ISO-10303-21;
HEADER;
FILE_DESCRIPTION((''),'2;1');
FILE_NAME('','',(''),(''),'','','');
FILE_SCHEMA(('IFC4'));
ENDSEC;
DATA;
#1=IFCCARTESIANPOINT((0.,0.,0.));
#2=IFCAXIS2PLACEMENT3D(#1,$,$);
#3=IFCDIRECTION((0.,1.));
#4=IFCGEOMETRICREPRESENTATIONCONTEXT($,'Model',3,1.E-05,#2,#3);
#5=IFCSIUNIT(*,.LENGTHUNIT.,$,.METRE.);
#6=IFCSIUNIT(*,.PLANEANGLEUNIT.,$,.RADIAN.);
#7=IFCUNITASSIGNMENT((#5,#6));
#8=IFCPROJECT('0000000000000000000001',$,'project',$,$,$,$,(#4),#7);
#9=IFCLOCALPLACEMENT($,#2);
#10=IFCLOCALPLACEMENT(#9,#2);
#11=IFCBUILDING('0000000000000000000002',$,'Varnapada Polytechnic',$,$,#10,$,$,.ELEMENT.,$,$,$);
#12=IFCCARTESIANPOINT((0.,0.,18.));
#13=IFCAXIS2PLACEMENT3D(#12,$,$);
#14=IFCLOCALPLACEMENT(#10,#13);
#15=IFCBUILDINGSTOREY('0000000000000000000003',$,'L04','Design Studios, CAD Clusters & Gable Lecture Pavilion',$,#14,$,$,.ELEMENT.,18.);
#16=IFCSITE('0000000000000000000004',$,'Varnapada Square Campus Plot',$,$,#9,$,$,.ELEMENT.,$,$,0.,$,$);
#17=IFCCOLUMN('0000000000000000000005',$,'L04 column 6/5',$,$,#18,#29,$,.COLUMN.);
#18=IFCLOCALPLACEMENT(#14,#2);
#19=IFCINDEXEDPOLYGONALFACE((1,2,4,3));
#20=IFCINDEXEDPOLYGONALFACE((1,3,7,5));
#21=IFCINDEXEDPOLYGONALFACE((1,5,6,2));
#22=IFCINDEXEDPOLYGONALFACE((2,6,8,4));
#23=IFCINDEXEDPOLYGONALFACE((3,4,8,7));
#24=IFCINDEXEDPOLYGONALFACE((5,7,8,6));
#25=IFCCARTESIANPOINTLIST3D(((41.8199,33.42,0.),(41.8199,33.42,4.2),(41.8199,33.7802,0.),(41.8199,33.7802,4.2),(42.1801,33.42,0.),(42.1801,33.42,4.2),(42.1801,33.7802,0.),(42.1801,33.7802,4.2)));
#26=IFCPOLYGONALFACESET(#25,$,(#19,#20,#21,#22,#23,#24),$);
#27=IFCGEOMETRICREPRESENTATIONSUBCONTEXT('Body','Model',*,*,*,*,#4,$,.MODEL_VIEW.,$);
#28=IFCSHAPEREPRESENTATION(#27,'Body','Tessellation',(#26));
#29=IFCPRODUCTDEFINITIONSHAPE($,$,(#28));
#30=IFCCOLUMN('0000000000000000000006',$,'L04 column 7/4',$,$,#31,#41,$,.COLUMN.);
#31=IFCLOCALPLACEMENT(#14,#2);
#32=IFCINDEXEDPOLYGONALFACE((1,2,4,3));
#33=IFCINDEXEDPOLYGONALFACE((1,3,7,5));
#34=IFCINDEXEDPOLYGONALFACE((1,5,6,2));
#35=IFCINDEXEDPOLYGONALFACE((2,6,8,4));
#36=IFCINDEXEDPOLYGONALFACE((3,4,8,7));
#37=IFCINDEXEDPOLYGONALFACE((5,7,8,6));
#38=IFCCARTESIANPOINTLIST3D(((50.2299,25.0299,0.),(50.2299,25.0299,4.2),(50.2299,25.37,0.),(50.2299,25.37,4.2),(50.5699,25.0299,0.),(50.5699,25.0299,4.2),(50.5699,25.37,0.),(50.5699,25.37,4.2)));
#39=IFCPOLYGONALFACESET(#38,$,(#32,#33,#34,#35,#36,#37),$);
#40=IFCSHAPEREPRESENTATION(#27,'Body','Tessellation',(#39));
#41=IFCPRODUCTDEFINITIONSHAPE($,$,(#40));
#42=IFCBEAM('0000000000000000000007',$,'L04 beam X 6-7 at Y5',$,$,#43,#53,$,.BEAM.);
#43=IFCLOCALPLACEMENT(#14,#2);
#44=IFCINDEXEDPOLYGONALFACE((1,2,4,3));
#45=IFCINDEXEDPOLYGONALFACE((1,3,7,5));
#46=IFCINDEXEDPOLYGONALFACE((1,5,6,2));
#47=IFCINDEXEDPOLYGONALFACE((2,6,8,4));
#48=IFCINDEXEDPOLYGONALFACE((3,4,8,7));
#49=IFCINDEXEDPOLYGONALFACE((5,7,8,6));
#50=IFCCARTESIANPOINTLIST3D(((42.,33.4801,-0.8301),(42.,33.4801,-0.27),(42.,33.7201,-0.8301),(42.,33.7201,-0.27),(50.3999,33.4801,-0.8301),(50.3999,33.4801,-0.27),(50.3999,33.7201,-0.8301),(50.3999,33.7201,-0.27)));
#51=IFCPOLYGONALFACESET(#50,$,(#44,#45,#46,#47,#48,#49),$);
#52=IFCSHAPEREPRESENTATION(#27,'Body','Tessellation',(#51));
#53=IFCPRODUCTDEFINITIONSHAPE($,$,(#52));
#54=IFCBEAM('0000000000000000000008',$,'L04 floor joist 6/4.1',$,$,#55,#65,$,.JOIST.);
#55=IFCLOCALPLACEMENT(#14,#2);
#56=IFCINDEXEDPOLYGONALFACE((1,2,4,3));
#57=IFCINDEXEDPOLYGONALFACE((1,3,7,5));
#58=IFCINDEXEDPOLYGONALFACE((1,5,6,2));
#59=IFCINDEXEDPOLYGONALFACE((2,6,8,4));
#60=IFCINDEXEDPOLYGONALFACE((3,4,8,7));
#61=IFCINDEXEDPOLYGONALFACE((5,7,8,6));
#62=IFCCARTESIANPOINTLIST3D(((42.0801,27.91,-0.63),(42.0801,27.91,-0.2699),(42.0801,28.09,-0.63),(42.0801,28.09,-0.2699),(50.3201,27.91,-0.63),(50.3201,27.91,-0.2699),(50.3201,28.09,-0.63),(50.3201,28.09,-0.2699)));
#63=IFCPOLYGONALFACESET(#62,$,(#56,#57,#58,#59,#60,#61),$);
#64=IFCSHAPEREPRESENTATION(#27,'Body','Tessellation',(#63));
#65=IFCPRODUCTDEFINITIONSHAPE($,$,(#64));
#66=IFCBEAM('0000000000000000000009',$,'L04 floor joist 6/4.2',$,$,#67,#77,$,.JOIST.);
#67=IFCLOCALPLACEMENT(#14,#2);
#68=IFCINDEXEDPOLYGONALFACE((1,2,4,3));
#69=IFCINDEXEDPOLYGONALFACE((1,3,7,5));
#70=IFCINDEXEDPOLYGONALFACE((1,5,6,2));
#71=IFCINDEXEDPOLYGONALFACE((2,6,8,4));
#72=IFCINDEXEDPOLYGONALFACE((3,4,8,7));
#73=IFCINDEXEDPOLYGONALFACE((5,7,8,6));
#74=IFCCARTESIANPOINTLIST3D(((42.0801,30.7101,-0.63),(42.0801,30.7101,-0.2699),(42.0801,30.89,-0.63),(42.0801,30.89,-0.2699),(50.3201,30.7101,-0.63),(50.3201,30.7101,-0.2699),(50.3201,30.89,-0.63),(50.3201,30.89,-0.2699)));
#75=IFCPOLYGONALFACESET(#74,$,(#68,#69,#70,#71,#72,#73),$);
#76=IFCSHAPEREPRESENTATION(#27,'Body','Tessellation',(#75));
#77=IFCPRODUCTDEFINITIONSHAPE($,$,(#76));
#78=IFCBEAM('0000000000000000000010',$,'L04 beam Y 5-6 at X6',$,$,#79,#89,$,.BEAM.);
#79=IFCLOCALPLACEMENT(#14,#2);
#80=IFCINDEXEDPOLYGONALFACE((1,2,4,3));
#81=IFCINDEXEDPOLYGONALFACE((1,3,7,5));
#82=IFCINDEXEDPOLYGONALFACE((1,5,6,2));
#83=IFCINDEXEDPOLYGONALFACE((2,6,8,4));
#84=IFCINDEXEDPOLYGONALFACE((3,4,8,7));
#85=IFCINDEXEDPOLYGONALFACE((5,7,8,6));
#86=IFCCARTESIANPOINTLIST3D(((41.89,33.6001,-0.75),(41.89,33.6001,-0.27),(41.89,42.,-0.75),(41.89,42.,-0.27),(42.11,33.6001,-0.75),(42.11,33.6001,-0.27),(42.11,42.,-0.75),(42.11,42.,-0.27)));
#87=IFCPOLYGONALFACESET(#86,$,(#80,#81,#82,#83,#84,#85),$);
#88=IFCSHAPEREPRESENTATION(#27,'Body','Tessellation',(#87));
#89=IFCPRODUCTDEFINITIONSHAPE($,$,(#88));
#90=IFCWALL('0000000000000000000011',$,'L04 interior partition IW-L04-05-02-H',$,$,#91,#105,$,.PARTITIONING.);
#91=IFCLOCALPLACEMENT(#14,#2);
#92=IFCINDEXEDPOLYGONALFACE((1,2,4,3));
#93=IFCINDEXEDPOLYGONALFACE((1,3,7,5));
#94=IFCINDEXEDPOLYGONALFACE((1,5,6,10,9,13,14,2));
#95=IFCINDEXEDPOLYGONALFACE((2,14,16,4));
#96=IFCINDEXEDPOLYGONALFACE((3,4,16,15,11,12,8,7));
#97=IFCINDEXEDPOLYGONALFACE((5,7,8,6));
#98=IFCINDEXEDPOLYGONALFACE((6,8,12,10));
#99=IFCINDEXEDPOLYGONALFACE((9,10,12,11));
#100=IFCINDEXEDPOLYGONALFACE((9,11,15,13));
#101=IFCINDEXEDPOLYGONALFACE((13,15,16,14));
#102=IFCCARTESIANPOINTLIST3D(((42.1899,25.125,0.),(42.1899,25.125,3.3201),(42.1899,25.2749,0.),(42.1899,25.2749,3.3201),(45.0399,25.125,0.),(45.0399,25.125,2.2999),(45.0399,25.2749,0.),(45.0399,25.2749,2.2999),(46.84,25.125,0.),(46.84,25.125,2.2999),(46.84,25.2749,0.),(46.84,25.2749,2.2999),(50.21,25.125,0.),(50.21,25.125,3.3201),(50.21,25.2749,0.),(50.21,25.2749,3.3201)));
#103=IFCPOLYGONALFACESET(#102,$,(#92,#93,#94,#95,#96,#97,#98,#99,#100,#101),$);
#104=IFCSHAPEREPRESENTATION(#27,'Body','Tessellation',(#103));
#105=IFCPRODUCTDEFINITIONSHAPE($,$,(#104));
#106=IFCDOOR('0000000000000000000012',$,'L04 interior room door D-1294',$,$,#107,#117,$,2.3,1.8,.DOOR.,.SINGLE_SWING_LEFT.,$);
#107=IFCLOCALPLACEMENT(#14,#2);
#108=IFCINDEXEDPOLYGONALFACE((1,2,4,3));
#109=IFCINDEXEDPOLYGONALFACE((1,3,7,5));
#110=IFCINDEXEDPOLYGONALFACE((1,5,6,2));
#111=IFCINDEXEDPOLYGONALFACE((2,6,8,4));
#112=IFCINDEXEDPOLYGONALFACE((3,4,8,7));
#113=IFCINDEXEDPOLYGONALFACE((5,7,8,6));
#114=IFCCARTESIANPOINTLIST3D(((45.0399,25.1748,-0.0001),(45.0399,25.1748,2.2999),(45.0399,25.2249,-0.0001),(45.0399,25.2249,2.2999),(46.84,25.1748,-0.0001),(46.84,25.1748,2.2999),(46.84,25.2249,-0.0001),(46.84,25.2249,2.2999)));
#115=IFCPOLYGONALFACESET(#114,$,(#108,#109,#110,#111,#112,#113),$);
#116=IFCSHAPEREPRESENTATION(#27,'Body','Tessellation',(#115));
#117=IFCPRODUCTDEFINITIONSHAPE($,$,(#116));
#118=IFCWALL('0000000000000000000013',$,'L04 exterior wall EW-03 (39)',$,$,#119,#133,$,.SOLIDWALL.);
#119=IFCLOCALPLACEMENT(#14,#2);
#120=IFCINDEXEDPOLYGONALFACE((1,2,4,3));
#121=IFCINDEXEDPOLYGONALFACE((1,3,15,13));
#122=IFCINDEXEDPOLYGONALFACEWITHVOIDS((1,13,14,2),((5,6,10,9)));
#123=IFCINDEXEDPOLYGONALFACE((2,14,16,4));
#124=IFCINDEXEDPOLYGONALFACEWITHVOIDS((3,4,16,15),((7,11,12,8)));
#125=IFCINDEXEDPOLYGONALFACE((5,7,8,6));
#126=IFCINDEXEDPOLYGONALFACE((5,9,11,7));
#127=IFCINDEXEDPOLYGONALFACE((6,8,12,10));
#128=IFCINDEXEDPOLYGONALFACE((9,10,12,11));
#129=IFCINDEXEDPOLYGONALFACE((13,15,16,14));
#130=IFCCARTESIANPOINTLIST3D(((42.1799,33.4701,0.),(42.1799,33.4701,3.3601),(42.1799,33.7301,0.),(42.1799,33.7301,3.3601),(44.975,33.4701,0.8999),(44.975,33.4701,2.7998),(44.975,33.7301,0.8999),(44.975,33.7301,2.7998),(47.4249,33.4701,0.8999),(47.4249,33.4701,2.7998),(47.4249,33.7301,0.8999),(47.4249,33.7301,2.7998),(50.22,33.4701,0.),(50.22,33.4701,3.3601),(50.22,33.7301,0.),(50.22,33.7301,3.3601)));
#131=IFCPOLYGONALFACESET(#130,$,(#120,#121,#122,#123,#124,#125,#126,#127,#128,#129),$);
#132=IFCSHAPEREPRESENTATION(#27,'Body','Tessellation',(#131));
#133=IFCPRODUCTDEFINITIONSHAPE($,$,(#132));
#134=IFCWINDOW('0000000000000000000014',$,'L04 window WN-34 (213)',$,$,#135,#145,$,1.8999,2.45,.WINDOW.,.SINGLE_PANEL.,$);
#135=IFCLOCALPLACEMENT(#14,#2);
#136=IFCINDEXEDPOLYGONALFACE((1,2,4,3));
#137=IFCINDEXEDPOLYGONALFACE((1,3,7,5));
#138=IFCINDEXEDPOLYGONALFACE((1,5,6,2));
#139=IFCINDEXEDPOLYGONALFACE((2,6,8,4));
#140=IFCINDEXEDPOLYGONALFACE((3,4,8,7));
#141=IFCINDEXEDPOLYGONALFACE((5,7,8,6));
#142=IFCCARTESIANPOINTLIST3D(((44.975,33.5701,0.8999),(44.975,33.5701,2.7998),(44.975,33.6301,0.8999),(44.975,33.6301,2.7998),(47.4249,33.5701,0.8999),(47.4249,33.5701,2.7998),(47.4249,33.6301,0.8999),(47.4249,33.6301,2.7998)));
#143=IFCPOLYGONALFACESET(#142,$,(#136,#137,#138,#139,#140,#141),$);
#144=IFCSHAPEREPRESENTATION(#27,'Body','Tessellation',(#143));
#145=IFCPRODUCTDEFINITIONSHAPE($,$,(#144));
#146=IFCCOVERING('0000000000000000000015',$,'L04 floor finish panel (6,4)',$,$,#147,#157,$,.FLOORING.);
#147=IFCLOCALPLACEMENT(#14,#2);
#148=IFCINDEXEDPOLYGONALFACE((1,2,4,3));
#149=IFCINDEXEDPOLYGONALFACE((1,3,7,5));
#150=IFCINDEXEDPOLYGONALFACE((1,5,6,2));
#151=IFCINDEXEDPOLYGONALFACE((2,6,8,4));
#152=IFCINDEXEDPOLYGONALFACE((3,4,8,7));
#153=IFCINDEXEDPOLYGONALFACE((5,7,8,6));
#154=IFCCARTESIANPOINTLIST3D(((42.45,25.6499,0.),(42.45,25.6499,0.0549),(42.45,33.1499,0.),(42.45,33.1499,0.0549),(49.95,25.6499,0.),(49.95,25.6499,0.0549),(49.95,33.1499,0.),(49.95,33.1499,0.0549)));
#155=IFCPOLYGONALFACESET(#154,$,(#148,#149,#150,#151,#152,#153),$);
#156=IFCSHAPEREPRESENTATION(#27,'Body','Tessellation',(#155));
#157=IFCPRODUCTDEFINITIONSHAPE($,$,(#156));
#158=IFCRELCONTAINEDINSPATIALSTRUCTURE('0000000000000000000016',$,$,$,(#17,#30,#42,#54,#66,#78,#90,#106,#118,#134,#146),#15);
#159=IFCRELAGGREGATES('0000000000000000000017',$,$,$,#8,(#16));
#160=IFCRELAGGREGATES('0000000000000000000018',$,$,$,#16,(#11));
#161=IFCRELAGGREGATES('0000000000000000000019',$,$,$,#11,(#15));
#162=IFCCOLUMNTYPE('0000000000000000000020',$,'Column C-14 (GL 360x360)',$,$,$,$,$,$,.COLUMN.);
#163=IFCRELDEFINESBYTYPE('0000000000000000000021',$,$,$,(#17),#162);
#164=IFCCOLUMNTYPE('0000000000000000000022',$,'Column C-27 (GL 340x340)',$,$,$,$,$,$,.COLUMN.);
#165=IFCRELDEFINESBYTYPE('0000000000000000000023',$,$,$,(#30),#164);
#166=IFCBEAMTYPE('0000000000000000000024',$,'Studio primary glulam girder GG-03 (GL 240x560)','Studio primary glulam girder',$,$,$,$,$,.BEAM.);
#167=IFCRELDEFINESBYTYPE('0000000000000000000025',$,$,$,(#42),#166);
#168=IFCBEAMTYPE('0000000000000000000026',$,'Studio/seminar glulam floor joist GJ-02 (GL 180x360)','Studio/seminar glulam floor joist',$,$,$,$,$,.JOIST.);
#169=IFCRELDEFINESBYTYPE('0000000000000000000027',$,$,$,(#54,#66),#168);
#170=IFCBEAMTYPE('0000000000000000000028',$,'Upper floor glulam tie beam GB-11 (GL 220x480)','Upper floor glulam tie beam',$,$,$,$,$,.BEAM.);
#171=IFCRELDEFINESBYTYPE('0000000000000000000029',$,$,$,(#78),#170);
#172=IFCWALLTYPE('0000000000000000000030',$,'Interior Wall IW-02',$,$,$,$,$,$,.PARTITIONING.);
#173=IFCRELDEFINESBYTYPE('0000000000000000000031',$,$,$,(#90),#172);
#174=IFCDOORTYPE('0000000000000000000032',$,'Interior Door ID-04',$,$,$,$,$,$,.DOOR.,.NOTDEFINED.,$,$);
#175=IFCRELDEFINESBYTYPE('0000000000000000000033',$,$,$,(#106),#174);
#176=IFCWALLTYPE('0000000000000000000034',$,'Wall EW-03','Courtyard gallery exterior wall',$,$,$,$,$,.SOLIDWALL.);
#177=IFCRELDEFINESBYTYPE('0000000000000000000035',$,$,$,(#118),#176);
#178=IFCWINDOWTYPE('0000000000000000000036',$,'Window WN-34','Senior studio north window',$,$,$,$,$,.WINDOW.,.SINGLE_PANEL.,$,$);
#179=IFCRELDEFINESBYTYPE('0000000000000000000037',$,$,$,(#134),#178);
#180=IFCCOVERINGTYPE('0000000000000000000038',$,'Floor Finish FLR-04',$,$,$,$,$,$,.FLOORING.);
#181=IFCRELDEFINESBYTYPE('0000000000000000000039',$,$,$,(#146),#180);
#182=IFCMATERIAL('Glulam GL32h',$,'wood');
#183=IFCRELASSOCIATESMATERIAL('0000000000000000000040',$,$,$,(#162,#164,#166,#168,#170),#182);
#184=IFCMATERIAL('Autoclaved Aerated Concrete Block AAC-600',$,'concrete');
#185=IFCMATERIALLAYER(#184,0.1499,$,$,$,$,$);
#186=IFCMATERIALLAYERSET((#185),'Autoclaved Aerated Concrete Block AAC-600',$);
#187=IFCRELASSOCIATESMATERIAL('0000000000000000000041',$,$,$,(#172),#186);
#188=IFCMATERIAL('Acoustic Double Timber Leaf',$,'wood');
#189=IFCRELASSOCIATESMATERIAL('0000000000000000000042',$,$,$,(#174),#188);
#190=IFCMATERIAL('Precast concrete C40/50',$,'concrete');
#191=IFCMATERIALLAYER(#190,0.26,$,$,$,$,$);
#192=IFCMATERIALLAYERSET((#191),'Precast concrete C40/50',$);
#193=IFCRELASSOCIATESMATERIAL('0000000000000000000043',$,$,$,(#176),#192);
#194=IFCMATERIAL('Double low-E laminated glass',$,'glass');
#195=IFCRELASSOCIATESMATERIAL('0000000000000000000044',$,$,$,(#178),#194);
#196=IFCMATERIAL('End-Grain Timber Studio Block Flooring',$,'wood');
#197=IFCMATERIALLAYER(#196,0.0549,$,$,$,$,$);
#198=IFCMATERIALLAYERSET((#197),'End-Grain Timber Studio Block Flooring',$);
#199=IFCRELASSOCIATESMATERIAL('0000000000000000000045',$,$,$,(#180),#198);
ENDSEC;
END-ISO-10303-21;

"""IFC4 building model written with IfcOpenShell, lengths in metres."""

from ifc_helpers import new_model, si_unit, direction, frame, frame_2d, origin, origin_2d, place, context, subcontext, project, spatial, rectangle, extrude, material, layer, layer_set, material_profile, profile_set, type_object, element, fill, save


model = new_model("IFC4")

# Units and contexts
model_context = context("Model", 3, precision=1e-05, world=origin(), true_north=direction((0.0, 1.0)))
body_context = subcontext(model_context, "Body", "Model", "MODEL_VIEW")
ifc_project = project(units=[si_unit("LENGTHUNIT", "METRE"), si_unit("PLANEANGLEUNIT", "RADIAN")], contexts=[model_context])

# Site, building, storey
site_placement = place(None, origin())
site = spatial("IfcSite", under=ifc_project, at=site_placement, Name="Varnapada Square Campus Plot", CompositionType="ELEMENT", RefElevation=0.0)
building_placement = place(site_placement, origin())
building = spatial("IfcBuilding", under=site, at=building_placement, Name="Varnapada Polytechnic", CompositionType="ELEMENT")
storey_placement = place(building_placement, frame((0.0, 0.0, 18.0)))
storey = spatial("IfcBuildingStorey", under=building, at=storey_placement, Name="L04", Description="Design Studios, CAD Clusters & Gable Lecture Pavilion", CompositionType="ELEMENT", Elevation=18.0)

# Columns
ifc_material_1 = material(Name="Glulam GL32h", Category="wood")
ifc_material_profile_1 = material_profile(ifc_material_1, rectangle(XDim=0.3601, YDim=0.3601, at=origin_2d()), Name="GL 360x360")
ifc_profile_set_1 = profile_set([ifc_material_profile_1], Name="Glulam GL32h")
column_type_1 = type_object("IfcColumnType", Name="Column C-14 (GL 360x360)", PredefinedType="COLUMN", material=ifc_profile_set_1)
column_1_placement = place(storey_placement, frame((42.0, 33.6001, 0.0), z_axis=(0.0, 0.0, 1.0), x_axis=(1.0, 0.0, 0.0)))
element("IfcColumn", 1, at=column_1_placement, inside=storey, type_object=column_type_1, Name="L04 column 6/5", PredefinedType="COLUMN", context=body_context, shape_type="SweptSolid", body=[
    extrude(rectangle(XDim=0.3601, YDim=0.3601, at=origin_2d()), origin(), (0.0, 0.0, 1.0), 4.2),
])
ifc_material_profile_2 = material_profile(ifc_material_1, rectangle(XDim=0.3401, YDim=0.3401, at=origin_2d()), Name="GL 340x340")
ifc_profile_set_2 = profile_set([ifc_material_profile_2], Name="Glulam GL32h")
column_type_2 = type_object("IfcColumnType", Name="Column C-27 (GL 340x340)", PredefinedType="COLUMN", material=ifc_profile_set_2)
column_2_placement = place(storey_placement, frame((50.3999, 25.2, 0.0), z_axis=(0.0, 0.0, 1.0), x_axis=(1.0, 0.0, 0.0)))
element("IfcColumn", 2, at=column_2_placement, inside=storey, type_object=column_type_2, Name="L04 column 7/4", PredefinedType="COLUMN", context=body_context, shape_type="SweptSolid", body=[
    extrude(rectangle(XDim=0.3401, YDim=0.3401, at=origin_2d()), origin(), (0.0, 0.0, 1.0), 4.2),
])

# Beams
ifc_material_profile_3 = material_profile(ifc_material_1, rectangle(XDim=0.24, YDim=0.5601, at=origin_2d()), Name="GL 240x560")
ifc_profile_set_3 = profile_set([ifc_material_profile_3], Name="Glulam GL32h")
beam_type_1 = type_object("IfcBeamType", Name="Studio primary glulam girder GG-03 (GL 240x560)", Description="Studio primary glulam girder", PredefinedType="BEAM", material=ifc_profile_set_3)
beam_1_placement = place(storey_placement, frame((42.0, 33.6001, -0.55), z_axis=(1.0, 0.0, 0.0), x_axis=(0.0, 1.0, 0.0)))
element("IfcBeam", 3, at=beam_1_placement, inside=storey, type_object=beam_type_1, Name="L04 beam X 6-7 at Y5", PredefinedType="BEAM", context=body_context, shape_type="SweptSolid", body=[
    extrude(rectangle(XDim=0.24, YDim=0.5601, at=origin_2d()), origin(), (0.0, 0.0, 1.0), 8.3999),
])
ifc_material_profile_4 = material_profile(ifc_material_1, rectangle(XDim=0.1799, YDim=0.3601, at=origin_2d()), Name="GL 180x360")
ifc_profile_set_4 = profile_set([ifc_material_profile_4], Name="Glulam GL32h")
beam_type_2 = type_object("IfcBeamType", Name="Studio/seminar glulam floor joist GJ-02 (GL 180x360)", Description="Studio/seminar glulam floor joist", PredefinedType="JOIST", material=ifc_profile_set_4)
for number, where, z_axis, x_axis, name in (
    (4, (42.0801, 28.0, -0.45), (1.0, 0.0, 0.0), (0.0, 1.0, 0.0), "L04 floor joist 6/4.1"),
    (5, (42.0801, 30.8, -0.45), (1.0, 0.0, 0.0), (0.0, 1.0, 0.0), "L04 floor joist 6/4.2"),
):
    element("IfcBeam", number, at=place(storey_placement, frame(where, z_axis=z_axis, x_axis=x_axis)), inside=storey, type_object=beam_type_2, Name=name, PredefinedType="JOIST", context=body_context, shape_type="SweptSolid", body=[
        extrude(rectangle(XDim=0.1799, YDim=0.3601, at=origin_2d()), origin(), (0.0, 0.0, 1.0), 8.24),
    ])
ifc_material_profile_5 = material_profile(ifc_material_1, rectangle(XDim=0.22, YDim=0.48, at=origin_2d()), Name="GL 220x480")
ifc_profile_set_5 = profile_set([ifc_material_profile_5], Name="Glulam GL32h")
beam_type_3 = type_object("IfcBeamType", Name="Upper floor glulam tie beam GB-11 (GL 220x480)", Description="Upper floor glulam tie beam", PredefinedType="BEAM", material=ifc_profile_set_5)
beam_2_placement = place(storey_placement, frame((42.0, 33.6001, -0.51), z_axis=(0.0, 1.0, 0.0), x_axis=(-1.0, 0.0, 0.0)))
element("IfcBeam", 6, at=beam_2_placement, inside=storey, type_object=beam_type_3, Name="L04 beam Y 5-6 at X6", PredefinedType="BEAM", context=body_context, shape_type="SweptSolid", body=[
    extrude(rectangle(XDim=0.22, YDim=0.48, at=origin_2d()), origin(), (0.0, 0.0, 1.0), 8.3999),
])

# Wall, opening, door
ifc_material_2 = material(Name="Autoclaved Aerated Concrete Block AAC-600", Category="concrete")
ifc_layer_1 = layer(ifc_material_2, 0.1499)
ifc_layer_set_1 = layer_set([ifc_layer_1], Name="Autoclaved Aerated Concrete Block AAC-600")
wall_type_1 = type_object("IfcWallType", Name="Interior Wall IW-02", PredefinedType="PARTITIONING", material=ifc_layer_set_1)
wall_1_placement = place(storey_placement, frame((42.1899, 25.2, 0.0), z_axis=(0.0, 0.0, 1.0), x_axis=(1.0, 0.0, 0.0)))
wall_1 = element("IfcWall", 7, at=wall_1_placement, inside=storey, type_object=wall_type_1, Name="L04 interior partition IW-L04-05-02-H", PredefinedType="PARTITIONING", context=body_context, shape_type="SweptSolid", body=[
    extrude(rectangle(XDim=8.02, YDim=0.1499, at=frame_2d((4.01, 0.0))), origin(), (0.0, 0.0, 1.0), 3.3201),
])
opening_1_placement = place(wall_1_placement, frame((2.8501, 0.0, 0.0)))
opening_1 = element("IfcOpeningElement", 8, at=opening_1_placement, cuts=wall_1, PredefinedType="OPENING", context=body_context, shape_type="SweptSolid", body=[
    extrude(rectangle(XDim=1.8, YDim=2.3, at=frame_2d((0.8999, 1.1499))), frame((0.0, 0.085, 0.0), z_axis=(0.0, -1.0, 0.0), x_axis=(1.0, 0.0, 0.0)), (0.0, 0.0, 1.0), 0.1699),
])
ifc_material_3 = material(Name="Acoustic Double Timber Leaf", Category="wood")
door_type = type_object("IfcDoorType", Name="Interior Door ID-04", OperationType="NOTDEFINED", PredefinedType="DOOR", material=ifc_material_3)
door_placement = place(opening_1_placement, origin())
door = element("IfcDoor", 9, at=door_placement, inside=storey, type_object=door_type, Name="L04 interior room door D-1294", OperationType="SINGLE_SWING_LEFT", OverallHeight=2.3, OverallWidth=1.8, PredefinedType="DOOR", context=body_context, shape_type="SweptSolid", body=[
    extrude(rectangle(XDim=1.8, YDim=2.3, at=frame_2d((0.8999, 1.1499))), frame((0.0, 0.0249, 0.0), z_axis=(0.0, -1.0, 0.0), x_axis=(1.0, 0.0, 0.0)), (0.0, 0.0, 1.0), 0.05),
])
fill(opening_1, door)

# Wall, opening, window
ifc_material_4 = material(Name="Precast concrete C40/50", Category="concrete")
ifc_layer_2 = layer(ifc_material_4, 0.26)
ifc_layer_set_2 = layer_set([ifc_layer_2], Name="Precast concrete C40/50")
wall_type_2 = type_object("IfcWallType", Name="Wall EW-03", Description="Courtyard gallery exterior wall", PredefinedType="SOLIDWALL", material=ifc_layer_set_2)
wall_2_placement = place(storey_placement, frame((42.1799, 33.6001, 0.0), z_axis=(0.0, 0.0, 1.0), x_axis=(1.0, 0.0, 0.0)))
wall_2 = element("IfcWall", 10, at=wall_2_placement, inside=storey, type_object=wall_type_2, Name="L04 exterior wall EW-03 (39)", PredefinedType="SOLIDWALL", context=body_context, shape_type="SweptSolid", body=[
    extrude(rectangle(XDim=8.04, YDim=0.26, at=frame_2d((4.02, 0.0))), origin(), (0.0, 0.0, 1.0), 3.3601),
])
opening_2_placement = place(wall_2_placement, frame((2.7949, 0.0, 0.8999)))
opening_2 = element("IfcOpeningElement", 11, at=opening_2_placement, cuts=wall_2, PredefinedType="OPENING", context=body_context, shape_type="SweptSolid", body=[
    extrude(rectangle(XDim=2.45, YDim=1.8999, at=frame_2d((1.2251, 0.95))), frame((0.0, 0.1399, 0.0), z_axis=(0.0, -1.0, 0.0), x_axis=(1.0, 0.0, 0.0)), (0.0, 0.0, 1.0), 0.28),
])
ifc_material_5 = material(Name="Double low-E laminated glass", Category="glass")
window_type = type_object("IfcWindowType", Name="Window WN-34", Description="Senior studio north window", PartitioningType="SINGLE_PANEL", PredefinedType="WINDOW", material=ifc_material_5)
window_placement = place(opening_2_placement, origin())
window = element("IfcWindow", 12, at=window_placement, inside=storey, type_object=window_type, Name="L04 window WN-34 (213)", OverallHeight=1.8999, OverallWidth=2.45, PartitioningType="SINGLE_PANEL", PredefinedType="WINDOW", context=body_context, shape_type="SweptSolid", body=[
    extrude(rectangle(XDim=2.45, YDim=1.8999, at=frame_2d((1.2251, 0.95))), frame((0.0, 0.03, 0.0), z_axis=(0.0, -1.0, 0.0), x_axis=(1.0, 0.0, 0.0)), (0.0, 0.0, 1.0), 0.0601),
])
fill(opening_2, window)

# Covering
ifc_material_6 = material(Name="End-Grain Timber Studio Block Flooring", Category="wood")
ifc_layer_3 = layer(ifc_material_6, 0.0549)
ifc_layer_set_3 = layer_set([ifc_layer_3], Name="End-Grain Timber Studio Block Flooring")
covering_type = type_object("IfcCoveringType", Name="Floor Finish FLR-04", PredefinedType="FLOORING", material=ifc_layer_set_3)
covering_placement = place(storey_placement, frame((46.2, 29.3999, 0.0), z_axis=(0.0, 0.0, 1.0), x_axis=(1.0, 0.0, 0.0)))
element("IfcCovering", 13, at=covering_placement, inside=storey, type_object=covering_type, Name="L04 floor finish panel (6,4)", PredefinedType="FLOORING", context=body_context, shape_type="SweptSolid", body=[
    extrude(rectangle(XDim=7.5, YDim=7.5, at=origin_2d()), origin(), (0.0, 0.0, 1.0), 0.0549),
])

save(model, "model.ifc")
